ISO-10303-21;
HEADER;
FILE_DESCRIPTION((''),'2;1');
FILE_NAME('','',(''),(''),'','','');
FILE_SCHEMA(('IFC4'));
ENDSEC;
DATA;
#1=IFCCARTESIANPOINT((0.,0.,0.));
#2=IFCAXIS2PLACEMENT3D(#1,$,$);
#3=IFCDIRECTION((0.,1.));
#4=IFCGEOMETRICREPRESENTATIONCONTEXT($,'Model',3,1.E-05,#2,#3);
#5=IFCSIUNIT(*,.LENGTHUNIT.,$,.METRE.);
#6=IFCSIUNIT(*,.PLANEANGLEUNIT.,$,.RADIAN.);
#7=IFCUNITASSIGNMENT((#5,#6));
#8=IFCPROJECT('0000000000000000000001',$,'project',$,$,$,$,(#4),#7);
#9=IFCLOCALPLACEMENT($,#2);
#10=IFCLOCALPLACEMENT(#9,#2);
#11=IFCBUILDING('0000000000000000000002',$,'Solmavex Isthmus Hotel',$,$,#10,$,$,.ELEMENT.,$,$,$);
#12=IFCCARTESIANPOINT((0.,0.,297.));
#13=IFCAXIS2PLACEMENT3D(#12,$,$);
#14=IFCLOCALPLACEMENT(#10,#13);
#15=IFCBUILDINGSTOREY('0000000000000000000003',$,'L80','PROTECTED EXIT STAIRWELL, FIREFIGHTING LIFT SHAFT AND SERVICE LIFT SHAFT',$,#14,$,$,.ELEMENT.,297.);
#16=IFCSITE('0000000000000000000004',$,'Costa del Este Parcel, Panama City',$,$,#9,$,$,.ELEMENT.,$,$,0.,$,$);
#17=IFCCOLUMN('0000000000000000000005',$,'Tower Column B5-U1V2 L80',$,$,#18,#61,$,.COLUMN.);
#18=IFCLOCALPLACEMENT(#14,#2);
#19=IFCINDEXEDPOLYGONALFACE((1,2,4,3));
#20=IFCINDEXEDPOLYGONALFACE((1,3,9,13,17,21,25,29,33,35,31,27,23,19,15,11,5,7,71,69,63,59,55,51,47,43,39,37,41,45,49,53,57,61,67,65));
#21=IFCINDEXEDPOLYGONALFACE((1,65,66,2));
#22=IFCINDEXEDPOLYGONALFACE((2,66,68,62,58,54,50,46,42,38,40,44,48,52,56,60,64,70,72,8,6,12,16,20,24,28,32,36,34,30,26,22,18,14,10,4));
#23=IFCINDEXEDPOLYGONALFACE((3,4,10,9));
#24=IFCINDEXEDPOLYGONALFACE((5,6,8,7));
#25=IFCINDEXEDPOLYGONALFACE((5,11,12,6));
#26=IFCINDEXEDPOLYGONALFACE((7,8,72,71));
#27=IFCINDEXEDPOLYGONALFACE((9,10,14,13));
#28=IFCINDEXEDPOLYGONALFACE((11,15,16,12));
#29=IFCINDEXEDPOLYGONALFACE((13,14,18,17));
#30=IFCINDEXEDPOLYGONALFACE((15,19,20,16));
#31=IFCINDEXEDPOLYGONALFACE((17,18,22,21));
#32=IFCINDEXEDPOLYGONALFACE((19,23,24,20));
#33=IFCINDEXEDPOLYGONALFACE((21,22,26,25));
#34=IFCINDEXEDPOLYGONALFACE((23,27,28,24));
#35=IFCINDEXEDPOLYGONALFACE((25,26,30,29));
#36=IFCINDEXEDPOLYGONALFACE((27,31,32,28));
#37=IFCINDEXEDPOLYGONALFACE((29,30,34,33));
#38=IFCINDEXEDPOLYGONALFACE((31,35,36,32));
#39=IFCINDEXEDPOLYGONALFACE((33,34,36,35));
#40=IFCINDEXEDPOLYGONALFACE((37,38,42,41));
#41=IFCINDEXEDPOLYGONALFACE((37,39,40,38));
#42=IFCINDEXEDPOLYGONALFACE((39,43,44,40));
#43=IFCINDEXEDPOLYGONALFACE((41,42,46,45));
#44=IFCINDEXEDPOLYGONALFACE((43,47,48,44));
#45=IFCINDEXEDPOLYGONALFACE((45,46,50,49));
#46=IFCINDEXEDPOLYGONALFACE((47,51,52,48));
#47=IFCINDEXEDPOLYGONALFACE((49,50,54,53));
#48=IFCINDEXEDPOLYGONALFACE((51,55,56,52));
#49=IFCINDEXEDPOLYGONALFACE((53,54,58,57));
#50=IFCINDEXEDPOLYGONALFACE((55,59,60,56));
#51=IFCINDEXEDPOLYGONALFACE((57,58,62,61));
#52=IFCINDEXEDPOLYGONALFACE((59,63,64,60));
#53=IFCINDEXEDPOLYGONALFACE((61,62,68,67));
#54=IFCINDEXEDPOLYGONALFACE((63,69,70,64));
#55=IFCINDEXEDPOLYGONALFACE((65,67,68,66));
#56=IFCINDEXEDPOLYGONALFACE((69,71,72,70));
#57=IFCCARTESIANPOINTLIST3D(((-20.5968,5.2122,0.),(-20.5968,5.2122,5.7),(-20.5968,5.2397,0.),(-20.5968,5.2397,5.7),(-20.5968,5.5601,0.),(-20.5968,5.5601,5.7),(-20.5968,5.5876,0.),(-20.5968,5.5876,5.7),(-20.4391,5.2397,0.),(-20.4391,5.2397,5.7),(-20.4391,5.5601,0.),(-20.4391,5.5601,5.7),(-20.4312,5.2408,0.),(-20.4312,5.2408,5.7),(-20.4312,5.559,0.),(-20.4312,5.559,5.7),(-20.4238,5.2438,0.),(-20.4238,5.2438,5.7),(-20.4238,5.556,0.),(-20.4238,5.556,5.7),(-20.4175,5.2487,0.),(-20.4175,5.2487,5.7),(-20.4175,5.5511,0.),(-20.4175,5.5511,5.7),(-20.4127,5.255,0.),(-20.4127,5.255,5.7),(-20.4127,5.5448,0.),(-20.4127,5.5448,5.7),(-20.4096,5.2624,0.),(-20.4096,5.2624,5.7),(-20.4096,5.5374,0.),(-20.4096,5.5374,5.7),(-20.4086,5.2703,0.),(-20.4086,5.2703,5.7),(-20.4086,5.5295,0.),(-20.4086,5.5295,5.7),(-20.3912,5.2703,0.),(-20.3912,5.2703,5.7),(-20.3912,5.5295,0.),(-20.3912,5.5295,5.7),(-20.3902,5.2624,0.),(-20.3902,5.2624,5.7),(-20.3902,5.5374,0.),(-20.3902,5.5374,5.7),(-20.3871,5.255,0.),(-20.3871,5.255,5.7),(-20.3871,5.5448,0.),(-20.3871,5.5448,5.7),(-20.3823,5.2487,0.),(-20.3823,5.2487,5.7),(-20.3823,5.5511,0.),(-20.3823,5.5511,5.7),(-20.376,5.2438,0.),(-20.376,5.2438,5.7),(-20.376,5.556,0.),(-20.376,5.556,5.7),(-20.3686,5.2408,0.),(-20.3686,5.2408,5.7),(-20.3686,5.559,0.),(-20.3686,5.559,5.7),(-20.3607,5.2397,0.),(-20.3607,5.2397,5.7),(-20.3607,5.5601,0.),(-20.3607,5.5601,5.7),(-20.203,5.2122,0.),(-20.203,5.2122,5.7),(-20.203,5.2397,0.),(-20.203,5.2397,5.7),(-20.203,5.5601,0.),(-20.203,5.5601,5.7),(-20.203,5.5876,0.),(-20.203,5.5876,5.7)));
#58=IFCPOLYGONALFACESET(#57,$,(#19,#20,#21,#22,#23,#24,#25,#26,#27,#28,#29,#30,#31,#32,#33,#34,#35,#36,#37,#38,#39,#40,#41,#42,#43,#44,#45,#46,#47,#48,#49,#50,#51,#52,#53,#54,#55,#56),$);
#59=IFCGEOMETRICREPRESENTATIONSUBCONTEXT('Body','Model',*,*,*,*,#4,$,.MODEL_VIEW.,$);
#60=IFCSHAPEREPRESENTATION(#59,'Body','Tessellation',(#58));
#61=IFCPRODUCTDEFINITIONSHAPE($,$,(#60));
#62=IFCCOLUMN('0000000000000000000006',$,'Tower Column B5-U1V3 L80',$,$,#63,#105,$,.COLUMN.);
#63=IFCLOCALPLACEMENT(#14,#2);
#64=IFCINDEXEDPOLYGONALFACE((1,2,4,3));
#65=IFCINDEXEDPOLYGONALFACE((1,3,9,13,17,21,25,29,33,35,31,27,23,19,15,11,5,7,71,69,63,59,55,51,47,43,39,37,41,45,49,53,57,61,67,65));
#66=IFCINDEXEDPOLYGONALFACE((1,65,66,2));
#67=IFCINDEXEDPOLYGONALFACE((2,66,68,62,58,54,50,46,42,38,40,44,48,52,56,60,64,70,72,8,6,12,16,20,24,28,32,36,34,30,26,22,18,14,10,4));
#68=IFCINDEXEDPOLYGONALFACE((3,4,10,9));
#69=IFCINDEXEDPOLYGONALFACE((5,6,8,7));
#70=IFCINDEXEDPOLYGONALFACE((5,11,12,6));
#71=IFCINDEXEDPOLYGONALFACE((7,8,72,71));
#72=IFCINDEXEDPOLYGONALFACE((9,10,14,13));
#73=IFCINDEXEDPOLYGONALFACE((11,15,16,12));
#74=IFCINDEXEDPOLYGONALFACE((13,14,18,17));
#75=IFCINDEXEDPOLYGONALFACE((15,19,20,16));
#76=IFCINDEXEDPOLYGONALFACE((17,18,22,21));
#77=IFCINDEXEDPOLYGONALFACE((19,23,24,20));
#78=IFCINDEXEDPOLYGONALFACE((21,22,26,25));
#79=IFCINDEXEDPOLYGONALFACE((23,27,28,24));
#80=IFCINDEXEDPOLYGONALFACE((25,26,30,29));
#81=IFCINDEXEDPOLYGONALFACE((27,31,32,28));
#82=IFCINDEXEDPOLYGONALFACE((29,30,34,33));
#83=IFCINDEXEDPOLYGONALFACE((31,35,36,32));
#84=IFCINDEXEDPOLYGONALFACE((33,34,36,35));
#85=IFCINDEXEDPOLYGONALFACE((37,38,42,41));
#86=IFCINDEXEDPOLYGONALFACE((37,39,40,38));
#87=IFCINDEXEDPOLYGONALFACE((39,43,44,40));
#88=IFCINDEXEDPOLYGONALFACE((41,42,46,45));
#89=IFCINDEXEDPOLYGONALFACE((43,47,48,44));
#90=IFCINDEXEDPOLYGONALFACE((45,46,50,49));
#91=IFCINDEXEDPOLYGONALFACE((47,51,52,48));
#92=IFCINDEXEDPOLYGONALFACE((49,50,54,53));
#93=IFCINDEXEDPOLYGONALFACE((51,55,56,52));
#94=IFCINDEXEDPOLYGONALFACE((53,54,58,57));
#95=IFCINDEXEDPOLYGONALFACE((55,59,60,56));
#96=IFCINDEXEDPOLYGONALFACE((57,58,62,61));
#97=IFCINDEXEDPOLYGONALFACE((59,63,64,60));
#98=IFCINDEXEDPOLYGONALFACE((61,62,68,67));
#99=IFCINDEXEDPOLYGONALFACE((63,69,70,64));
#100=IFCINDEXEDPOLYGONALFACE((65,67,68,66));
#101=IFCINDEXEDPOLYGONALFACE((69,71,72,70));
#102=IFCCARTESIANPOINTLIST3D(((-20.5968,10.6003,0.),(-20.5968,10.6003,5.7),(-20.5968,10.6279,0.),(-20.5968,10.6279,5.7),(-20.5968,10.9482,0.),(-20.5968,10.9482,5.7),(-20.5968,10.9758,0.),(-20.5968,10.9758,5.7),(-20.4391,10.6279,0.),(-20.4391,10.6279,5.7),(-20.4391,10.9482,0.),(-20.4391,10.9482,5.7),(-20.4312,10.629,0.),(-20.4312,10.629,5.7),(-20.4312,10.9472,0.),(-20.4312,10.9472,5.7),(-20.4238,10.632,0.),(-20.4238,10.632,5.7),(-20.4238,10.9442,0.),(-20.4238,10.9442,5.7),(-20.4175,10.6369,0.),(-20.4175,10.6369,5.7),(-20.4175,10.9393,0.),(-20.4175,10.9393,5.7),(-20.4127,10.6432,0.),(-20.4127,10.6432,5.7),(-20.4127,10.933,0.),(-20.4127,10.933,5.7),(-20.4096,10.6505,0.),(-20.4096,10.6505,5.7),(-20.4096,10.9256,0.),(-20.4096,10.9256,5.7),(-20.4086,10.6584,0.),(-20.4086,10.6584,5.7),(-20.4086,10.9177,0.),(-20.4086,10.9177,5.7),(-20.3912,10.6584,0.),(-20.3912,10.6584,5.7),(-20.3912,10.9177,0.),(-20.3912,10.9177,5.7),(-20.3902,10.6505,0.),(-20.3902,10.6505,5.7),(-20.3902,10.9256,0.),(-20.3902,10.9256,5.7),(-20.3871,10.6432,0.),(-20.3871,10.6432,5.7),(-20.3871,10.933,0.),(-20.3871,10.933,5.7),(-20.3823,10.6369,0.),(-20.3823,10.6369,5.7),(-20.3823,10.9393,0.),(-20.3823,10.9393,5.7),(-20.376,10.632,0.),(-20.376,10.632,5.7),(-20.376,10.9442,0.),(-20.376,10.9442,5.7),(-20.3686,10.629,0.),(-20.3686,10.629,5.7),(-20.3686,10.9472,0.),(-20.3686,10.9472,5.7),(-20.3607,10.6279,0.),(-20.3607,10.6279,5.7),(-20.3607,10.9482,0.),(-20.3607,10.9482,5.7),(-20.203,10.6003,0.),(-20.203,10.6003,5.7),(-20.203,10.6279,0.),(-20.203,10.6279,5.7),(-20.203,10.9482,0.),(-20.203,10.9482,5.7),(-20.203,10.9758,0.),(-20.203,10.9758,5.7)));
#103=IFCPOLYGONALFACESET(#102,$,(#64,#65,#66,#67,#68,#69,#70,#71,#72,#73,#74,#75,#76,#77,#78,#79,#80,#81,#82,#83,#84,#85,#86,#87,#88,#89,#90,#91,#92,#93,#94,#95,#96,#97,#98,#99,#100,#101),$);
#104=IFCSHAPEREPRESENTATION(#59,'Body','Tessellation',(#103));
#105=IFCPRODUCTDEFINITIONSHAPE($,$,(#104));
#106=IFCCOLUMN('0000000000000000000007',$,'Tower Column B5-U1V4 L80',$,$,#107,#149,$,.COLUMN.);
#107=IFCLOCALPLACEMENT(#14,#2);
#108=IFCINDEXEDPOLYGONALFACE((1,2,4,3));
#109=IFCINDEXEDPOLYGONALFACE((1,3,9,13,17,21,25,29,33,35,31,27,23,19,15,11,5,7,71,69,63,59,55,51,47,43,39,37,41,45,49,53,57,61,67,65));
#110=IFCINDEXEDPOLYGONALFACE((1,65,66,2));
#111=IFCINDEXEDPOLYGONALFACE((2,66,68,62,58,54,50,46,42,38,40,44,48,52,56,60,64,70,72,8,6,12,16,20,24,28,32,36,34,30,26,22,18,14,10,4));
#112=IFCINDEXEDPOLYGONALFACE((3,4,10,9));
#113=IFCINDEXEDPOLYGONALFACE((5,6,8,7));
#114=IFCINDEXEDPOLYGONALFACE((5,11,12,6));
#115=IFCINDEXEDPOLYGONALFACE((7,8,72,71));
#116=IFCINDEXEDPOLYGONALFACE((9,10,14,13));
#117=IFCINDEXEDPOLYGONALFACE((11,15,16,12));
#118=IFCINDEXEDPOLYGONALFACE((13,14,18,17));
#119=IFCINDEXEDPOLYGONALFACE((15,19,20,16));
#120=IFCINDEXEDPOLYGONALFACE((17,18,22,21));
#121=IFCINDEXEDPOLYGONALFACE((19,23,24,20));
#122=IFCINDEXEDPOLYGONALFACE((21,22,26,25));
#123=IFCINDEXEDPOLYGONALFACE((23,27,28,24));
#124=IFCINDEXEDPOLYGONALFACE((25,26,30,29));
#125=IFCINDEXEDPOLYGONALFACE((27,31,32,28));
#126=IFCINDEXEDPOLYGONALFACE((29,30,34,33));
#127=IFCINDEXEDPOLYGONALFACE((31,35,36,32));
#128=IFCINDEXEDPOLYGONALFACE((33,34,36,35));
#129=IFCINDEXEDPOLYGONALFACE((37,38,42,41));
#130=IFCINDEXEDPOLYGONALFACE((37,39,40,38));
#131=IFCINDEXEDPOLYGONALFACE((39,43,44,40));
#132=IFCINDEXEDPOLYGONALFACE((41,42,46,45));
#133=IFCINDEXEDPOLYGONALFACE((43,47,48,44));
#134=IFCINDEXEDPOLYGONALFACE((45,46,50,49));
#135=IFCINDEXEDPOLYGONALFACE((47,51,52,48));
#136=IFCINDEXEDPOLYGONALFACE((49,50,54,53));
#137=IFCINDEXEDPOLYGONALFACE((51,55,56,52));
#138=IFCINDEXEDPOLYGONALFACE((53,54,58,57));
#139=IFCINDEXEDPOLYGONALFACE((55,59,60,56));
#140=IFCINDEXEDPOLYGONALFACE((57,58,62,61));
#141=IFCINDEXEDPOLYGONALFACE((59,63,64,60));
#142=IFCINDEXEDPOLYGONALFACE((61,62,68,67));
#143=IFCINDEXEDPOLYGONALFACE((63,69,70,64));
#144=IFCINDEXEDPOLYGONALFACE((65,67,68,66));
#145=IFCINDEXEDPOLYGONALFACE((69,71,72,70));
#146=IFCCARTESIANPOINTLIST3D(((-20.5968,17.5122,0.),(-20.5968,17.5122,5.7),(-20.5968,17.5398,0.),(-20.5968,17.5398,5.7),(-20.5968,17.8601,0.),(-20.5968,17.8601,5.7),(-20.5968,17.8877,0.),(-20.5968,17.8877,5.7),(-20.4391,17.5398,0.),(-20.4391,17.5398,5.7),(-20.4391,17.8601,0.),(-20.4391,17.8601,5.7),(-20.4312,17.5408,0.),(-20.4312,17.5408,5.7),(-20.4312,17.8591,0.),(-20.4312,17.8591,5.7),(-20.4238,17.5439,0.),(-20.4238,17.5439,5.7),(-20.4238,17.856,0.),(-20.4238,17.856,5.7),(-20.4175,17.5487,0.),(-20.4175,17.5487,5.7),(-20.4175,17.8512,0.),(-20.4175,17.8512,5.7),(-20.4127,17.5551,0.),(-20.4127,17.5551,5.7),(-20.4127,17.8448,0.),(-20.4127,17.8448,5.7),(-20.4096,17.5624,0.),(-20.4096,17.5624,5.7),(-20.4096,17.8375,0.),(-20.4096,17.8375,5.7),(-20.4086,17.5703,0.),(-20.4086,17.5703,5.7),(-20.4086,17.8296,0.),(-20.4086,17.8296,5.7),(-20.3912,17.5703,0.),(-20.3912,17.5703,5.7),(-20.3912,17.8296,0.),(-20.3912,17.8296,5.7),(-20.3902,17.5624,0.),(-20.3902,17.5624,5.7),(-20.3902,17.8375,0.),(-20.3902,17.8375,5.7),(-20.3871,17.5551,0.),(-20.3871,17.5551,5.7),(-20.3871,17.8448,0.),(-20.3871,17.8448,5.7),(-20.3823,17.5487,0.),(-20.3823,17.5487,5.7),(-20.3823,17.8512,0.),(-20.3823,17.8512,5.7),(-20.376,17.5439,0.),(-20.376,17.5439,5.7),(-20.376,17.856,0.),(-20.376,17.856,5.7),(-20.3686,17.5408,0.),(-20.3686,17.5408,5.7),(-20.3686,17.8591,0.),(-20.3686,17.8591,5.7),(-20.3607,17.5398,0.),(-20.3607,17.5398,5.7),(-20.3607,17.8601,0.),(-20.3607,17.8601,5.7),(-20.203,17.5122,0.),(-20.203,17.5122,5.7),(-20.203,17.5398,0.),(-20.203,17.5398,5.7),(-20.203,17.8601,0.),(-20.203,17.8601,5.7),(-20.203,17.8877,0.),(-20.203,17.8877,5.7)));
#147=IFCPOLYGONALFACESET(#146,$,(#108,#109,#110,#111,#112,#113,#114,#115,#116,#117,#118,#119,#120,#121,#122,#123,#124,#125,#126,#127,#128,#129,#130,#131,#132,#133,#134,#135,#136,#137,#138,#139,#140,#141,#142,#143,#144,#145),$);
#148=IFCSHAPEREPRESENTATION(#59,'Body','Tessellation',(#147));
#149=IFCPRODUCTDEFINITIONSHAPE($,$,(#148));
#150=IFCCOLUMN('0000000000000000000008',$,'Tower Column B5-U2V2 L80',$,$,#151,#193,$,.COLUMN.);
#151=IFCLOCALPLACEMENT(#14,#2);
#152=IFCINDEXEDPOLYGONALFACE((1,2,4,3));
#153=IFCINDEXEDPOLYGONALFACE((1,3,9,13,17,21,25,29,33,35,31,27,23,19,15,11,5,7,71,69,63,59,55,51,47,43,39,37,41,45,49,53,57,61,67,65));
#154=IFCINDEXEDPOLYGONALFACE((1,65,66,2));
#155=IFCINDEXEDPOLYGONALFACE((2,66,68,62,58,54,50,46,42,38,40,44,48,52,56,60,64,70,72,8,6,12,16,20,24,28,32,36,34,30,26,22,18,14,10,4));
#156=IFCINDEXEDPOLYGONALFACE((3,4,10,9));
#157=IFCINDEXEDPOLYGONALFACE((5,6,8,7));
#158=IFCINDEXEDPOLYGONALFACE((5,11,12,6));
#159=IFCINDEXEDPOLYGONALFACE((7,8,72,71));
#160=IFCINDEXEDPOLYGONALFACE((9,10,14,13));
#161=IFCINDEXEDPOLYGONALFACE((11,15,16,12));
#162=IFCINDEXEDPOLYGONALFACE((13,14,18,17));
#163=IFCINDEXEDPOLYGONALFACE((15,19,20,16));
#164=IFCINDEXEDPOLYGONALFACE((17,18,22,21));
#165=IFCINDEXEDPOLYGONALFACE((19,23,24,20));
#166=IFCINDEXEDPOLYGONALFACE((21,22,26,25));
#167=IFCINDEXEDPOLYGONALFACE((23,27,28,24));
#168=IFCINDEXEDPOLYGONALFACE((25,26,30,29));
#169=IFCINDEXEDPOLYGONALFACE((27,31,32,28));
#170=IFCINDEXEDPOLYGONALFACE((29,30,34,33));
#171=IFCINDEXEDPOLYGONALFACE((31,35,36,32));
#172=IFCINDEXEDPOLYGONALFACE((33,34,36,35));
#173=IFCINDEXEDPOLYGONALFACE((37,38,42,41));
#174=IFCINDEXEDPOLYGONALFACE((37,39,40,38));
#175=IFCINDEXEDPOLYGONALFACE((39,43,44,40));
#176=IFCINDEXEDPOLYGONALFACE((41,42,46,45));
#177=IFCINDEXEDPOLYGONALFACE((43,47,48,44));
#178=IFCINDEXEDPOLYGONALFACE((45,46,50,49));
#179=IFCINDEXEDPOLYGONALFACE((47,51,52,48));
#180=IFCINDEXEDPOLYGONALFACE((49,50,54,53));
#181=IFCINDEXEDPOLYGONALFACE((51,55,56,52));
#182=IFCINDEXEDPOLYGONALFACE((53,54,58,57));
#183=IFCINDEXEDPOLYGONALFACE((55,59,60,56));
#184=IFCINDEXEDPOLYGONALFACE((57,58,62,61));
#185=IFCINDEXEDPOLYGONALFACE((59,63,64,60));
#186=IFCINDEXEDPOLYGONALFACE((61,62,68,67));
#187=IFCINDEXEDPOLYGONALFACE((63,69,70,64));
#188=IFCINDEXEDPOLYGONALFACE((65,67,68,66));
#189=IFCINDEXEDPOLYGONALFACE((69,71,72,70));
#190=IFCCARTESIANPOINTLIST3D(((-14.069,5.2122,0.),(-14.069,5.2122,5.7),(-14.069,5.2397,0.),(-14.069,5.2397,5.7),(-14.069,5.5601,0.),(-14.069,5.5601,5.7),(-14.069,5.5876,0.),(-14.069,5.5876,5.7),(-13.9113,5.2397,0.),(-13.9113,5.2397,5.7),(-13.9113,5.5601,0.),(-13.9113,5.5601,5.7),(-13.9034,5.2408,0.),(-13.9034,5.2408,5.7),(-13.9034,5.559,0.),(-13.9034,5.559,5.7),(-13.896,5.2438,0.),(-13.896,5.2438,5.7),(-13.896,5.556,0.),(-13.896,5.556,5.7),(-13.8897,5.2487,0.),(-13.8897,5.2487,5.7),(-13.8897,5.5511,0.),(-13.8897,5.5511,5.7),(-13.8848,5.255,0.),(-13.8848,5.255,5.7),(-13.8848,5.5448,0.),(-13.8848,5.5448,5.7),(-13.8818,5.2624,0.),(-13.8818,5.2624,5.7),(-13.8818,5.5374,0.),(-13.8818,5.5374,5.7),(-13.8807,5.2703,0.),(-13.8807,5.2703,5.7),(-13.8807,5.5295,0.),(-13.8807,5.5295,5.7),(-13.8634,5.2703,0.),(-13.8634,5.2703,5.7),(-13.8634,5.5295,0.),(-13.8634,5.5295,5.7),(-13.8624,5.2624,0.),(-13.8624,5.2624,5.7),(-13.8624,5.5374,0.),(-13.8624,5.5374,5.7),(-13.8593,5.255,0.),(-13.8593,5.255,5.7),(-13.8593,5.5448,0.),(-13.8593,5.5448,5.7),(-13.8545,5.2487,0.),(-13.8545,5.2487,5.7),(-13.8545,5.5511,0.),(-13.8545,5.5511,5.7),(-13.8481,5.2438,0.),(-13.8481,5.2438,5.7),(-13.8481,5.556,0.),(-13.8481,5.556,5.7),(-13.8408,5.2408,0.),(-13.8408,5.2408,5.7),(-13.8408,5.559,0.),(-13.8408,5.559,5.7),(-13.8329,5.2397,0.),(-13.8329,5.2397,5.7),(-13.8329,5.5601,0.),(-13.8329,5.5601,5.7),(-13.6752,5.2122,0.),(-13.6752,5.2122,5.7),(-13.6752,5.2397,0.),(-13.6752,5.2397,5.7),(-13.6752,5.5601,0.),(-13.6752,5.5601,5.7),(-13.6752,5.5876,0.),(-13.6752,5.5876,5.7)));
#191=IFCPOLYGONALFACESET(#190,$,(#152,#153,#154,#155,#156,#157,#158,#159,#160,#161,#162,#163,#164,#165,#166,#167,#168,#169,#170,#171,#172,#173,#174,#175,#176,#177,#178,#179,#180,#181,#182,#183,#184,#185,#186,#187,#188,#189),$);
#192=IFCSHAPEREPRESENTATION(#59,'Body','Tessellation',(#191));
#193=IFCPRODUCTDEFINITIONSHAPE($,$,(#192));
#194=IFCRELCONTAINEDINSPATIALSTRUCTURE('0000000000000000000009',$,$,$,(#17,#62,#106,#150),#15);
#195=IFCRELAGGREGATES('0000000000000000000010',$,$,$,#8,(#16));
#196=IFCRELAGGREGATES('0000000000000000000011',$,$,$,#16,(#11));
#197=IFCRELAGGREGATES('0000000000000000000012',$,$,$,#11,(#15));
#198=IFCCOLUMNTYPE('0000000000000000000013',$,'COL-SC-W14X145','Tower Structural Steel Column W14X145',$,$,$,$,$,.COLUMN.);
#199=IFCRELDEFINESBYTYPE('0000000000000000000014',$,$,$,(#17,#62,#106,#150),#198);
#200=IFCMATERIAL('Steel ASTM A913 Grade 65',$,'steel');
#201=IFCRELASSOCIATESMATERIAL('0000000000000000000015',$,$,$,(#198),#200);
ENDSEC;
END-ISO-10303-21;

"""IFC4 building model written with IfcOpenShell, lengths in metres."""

from ifc_helpers import new_model, si_unit, direction, frame, origin, origin_2d, place, context, subcontext, project, spatial, i_section, extrude, material, material_profile, profile_set, type_object, element, save


model = new_model("IFC4")

# Units and contexts
model_context = context("Model", 3, precision=1e-05, world=origin(), true_north=direction((0.0, 1.0)))
body_context = subcontext(model_context, "Body", "Model", "MODEL_VIEW")
ifc_project = project(units=[si_unit("LENGTHUNIT", "METRE"), si_unit("PLANEANGLEUNIT", "RADIAN")], contexts=[model_context])

# Site, building, storey
site_placement = place(None, origin())
site = spatial("IfcSite", under=ifc_project, at=site_placement, Name="Costa del Este Parcel, Panama City", CompositionType="ELEMENT", RefElevation=0.0)
building_placement = place(site_placement, origin())
building = spatial("IfcBuilding", under=site, at=building_placement, Name="Solmavex Isthmus Hotel", CompositionType="ELEMENT")
storey_placement = place(building_placement, frame((0.0, 0.0, 297.0)))
storey = spatial("IfcBuildingStorey", under=building, at=storey_placement, Name="L80", Description="PROTECTED EXIT STAIRWELL, FIREFIGHTING LIFT SHAFT AND SERVICE LIFT SHAFT", CompositionType="ELEMENT", Elevation=297.0)

# Columns
ifc_material_1 = material(Name="Steel ASTM A913 Grade 65", Category="steel")
ifc_material_profile_1 = material_profile(ifc_material_1, i_section(OverallWidth=0.3938, OverallDepth=0.3755, WebThickness=0.0173, FlangeThickness=0.0276, FilletRadius=0.0305, at=origin_2d()), Name="W14X145")
ifc_profile_set_1 = profile_set([ifc_material_profile_1], Name="Steel ASTM A913 Grade 65")
column_type = type_object("IfcColumnType", Name="COL-SC-W14X145", Description="Tower Structural Steel Column W14X145", PredefinedType="COLUMN", material=ifc_profile_set_1)
for number, where, z_axis, x_axis, name in (
    (1, (-20.3999, 5.3999, 0.0), (0.0, 0.0, 1.0), (1.0, 0.0, 0.0), "Tower Column B5-U1V2 L80"),
    (2, (-20.3999, 10.7881, 0.0), (0.0, 0.0, 1.0), (1.0, 0.0, 0.0), "Tower Column B5-U1V3 L80"),
    (3, (-20.3999, 17.7, 0.0), (0.0, 0.0, 1.0), (1.0, 0.0, 0.0), "Tower Column B5-U1V4 L80"),
    (4, (-13.8721, 5.3999, 0.0), (0.0, 0.0, 1.0), (1.0, 0.0, 0.0), "Tower Column B5-U2V2 L80"),
):
    element("IfcColumn", number, at=place(storey_placement, frame(where, z_axis=z_axis, x_axis=x_axis)), inside=storey, type_object=column_type, Name=name, PredefinedType="COLUMN", context=body_context, shape_type="SweptSolid", body=[
        extrude(i_section(OverallWidth=0.3938, OverallDepth=0.3755, WebThickness=0.0173, FlangeThickness=0.0276, FilletRadius=0.0305, at=origin_2d()), origin(), (0.0, 0.0, 1.0), 5.7),
    ])

save(model, "model.ifc")
